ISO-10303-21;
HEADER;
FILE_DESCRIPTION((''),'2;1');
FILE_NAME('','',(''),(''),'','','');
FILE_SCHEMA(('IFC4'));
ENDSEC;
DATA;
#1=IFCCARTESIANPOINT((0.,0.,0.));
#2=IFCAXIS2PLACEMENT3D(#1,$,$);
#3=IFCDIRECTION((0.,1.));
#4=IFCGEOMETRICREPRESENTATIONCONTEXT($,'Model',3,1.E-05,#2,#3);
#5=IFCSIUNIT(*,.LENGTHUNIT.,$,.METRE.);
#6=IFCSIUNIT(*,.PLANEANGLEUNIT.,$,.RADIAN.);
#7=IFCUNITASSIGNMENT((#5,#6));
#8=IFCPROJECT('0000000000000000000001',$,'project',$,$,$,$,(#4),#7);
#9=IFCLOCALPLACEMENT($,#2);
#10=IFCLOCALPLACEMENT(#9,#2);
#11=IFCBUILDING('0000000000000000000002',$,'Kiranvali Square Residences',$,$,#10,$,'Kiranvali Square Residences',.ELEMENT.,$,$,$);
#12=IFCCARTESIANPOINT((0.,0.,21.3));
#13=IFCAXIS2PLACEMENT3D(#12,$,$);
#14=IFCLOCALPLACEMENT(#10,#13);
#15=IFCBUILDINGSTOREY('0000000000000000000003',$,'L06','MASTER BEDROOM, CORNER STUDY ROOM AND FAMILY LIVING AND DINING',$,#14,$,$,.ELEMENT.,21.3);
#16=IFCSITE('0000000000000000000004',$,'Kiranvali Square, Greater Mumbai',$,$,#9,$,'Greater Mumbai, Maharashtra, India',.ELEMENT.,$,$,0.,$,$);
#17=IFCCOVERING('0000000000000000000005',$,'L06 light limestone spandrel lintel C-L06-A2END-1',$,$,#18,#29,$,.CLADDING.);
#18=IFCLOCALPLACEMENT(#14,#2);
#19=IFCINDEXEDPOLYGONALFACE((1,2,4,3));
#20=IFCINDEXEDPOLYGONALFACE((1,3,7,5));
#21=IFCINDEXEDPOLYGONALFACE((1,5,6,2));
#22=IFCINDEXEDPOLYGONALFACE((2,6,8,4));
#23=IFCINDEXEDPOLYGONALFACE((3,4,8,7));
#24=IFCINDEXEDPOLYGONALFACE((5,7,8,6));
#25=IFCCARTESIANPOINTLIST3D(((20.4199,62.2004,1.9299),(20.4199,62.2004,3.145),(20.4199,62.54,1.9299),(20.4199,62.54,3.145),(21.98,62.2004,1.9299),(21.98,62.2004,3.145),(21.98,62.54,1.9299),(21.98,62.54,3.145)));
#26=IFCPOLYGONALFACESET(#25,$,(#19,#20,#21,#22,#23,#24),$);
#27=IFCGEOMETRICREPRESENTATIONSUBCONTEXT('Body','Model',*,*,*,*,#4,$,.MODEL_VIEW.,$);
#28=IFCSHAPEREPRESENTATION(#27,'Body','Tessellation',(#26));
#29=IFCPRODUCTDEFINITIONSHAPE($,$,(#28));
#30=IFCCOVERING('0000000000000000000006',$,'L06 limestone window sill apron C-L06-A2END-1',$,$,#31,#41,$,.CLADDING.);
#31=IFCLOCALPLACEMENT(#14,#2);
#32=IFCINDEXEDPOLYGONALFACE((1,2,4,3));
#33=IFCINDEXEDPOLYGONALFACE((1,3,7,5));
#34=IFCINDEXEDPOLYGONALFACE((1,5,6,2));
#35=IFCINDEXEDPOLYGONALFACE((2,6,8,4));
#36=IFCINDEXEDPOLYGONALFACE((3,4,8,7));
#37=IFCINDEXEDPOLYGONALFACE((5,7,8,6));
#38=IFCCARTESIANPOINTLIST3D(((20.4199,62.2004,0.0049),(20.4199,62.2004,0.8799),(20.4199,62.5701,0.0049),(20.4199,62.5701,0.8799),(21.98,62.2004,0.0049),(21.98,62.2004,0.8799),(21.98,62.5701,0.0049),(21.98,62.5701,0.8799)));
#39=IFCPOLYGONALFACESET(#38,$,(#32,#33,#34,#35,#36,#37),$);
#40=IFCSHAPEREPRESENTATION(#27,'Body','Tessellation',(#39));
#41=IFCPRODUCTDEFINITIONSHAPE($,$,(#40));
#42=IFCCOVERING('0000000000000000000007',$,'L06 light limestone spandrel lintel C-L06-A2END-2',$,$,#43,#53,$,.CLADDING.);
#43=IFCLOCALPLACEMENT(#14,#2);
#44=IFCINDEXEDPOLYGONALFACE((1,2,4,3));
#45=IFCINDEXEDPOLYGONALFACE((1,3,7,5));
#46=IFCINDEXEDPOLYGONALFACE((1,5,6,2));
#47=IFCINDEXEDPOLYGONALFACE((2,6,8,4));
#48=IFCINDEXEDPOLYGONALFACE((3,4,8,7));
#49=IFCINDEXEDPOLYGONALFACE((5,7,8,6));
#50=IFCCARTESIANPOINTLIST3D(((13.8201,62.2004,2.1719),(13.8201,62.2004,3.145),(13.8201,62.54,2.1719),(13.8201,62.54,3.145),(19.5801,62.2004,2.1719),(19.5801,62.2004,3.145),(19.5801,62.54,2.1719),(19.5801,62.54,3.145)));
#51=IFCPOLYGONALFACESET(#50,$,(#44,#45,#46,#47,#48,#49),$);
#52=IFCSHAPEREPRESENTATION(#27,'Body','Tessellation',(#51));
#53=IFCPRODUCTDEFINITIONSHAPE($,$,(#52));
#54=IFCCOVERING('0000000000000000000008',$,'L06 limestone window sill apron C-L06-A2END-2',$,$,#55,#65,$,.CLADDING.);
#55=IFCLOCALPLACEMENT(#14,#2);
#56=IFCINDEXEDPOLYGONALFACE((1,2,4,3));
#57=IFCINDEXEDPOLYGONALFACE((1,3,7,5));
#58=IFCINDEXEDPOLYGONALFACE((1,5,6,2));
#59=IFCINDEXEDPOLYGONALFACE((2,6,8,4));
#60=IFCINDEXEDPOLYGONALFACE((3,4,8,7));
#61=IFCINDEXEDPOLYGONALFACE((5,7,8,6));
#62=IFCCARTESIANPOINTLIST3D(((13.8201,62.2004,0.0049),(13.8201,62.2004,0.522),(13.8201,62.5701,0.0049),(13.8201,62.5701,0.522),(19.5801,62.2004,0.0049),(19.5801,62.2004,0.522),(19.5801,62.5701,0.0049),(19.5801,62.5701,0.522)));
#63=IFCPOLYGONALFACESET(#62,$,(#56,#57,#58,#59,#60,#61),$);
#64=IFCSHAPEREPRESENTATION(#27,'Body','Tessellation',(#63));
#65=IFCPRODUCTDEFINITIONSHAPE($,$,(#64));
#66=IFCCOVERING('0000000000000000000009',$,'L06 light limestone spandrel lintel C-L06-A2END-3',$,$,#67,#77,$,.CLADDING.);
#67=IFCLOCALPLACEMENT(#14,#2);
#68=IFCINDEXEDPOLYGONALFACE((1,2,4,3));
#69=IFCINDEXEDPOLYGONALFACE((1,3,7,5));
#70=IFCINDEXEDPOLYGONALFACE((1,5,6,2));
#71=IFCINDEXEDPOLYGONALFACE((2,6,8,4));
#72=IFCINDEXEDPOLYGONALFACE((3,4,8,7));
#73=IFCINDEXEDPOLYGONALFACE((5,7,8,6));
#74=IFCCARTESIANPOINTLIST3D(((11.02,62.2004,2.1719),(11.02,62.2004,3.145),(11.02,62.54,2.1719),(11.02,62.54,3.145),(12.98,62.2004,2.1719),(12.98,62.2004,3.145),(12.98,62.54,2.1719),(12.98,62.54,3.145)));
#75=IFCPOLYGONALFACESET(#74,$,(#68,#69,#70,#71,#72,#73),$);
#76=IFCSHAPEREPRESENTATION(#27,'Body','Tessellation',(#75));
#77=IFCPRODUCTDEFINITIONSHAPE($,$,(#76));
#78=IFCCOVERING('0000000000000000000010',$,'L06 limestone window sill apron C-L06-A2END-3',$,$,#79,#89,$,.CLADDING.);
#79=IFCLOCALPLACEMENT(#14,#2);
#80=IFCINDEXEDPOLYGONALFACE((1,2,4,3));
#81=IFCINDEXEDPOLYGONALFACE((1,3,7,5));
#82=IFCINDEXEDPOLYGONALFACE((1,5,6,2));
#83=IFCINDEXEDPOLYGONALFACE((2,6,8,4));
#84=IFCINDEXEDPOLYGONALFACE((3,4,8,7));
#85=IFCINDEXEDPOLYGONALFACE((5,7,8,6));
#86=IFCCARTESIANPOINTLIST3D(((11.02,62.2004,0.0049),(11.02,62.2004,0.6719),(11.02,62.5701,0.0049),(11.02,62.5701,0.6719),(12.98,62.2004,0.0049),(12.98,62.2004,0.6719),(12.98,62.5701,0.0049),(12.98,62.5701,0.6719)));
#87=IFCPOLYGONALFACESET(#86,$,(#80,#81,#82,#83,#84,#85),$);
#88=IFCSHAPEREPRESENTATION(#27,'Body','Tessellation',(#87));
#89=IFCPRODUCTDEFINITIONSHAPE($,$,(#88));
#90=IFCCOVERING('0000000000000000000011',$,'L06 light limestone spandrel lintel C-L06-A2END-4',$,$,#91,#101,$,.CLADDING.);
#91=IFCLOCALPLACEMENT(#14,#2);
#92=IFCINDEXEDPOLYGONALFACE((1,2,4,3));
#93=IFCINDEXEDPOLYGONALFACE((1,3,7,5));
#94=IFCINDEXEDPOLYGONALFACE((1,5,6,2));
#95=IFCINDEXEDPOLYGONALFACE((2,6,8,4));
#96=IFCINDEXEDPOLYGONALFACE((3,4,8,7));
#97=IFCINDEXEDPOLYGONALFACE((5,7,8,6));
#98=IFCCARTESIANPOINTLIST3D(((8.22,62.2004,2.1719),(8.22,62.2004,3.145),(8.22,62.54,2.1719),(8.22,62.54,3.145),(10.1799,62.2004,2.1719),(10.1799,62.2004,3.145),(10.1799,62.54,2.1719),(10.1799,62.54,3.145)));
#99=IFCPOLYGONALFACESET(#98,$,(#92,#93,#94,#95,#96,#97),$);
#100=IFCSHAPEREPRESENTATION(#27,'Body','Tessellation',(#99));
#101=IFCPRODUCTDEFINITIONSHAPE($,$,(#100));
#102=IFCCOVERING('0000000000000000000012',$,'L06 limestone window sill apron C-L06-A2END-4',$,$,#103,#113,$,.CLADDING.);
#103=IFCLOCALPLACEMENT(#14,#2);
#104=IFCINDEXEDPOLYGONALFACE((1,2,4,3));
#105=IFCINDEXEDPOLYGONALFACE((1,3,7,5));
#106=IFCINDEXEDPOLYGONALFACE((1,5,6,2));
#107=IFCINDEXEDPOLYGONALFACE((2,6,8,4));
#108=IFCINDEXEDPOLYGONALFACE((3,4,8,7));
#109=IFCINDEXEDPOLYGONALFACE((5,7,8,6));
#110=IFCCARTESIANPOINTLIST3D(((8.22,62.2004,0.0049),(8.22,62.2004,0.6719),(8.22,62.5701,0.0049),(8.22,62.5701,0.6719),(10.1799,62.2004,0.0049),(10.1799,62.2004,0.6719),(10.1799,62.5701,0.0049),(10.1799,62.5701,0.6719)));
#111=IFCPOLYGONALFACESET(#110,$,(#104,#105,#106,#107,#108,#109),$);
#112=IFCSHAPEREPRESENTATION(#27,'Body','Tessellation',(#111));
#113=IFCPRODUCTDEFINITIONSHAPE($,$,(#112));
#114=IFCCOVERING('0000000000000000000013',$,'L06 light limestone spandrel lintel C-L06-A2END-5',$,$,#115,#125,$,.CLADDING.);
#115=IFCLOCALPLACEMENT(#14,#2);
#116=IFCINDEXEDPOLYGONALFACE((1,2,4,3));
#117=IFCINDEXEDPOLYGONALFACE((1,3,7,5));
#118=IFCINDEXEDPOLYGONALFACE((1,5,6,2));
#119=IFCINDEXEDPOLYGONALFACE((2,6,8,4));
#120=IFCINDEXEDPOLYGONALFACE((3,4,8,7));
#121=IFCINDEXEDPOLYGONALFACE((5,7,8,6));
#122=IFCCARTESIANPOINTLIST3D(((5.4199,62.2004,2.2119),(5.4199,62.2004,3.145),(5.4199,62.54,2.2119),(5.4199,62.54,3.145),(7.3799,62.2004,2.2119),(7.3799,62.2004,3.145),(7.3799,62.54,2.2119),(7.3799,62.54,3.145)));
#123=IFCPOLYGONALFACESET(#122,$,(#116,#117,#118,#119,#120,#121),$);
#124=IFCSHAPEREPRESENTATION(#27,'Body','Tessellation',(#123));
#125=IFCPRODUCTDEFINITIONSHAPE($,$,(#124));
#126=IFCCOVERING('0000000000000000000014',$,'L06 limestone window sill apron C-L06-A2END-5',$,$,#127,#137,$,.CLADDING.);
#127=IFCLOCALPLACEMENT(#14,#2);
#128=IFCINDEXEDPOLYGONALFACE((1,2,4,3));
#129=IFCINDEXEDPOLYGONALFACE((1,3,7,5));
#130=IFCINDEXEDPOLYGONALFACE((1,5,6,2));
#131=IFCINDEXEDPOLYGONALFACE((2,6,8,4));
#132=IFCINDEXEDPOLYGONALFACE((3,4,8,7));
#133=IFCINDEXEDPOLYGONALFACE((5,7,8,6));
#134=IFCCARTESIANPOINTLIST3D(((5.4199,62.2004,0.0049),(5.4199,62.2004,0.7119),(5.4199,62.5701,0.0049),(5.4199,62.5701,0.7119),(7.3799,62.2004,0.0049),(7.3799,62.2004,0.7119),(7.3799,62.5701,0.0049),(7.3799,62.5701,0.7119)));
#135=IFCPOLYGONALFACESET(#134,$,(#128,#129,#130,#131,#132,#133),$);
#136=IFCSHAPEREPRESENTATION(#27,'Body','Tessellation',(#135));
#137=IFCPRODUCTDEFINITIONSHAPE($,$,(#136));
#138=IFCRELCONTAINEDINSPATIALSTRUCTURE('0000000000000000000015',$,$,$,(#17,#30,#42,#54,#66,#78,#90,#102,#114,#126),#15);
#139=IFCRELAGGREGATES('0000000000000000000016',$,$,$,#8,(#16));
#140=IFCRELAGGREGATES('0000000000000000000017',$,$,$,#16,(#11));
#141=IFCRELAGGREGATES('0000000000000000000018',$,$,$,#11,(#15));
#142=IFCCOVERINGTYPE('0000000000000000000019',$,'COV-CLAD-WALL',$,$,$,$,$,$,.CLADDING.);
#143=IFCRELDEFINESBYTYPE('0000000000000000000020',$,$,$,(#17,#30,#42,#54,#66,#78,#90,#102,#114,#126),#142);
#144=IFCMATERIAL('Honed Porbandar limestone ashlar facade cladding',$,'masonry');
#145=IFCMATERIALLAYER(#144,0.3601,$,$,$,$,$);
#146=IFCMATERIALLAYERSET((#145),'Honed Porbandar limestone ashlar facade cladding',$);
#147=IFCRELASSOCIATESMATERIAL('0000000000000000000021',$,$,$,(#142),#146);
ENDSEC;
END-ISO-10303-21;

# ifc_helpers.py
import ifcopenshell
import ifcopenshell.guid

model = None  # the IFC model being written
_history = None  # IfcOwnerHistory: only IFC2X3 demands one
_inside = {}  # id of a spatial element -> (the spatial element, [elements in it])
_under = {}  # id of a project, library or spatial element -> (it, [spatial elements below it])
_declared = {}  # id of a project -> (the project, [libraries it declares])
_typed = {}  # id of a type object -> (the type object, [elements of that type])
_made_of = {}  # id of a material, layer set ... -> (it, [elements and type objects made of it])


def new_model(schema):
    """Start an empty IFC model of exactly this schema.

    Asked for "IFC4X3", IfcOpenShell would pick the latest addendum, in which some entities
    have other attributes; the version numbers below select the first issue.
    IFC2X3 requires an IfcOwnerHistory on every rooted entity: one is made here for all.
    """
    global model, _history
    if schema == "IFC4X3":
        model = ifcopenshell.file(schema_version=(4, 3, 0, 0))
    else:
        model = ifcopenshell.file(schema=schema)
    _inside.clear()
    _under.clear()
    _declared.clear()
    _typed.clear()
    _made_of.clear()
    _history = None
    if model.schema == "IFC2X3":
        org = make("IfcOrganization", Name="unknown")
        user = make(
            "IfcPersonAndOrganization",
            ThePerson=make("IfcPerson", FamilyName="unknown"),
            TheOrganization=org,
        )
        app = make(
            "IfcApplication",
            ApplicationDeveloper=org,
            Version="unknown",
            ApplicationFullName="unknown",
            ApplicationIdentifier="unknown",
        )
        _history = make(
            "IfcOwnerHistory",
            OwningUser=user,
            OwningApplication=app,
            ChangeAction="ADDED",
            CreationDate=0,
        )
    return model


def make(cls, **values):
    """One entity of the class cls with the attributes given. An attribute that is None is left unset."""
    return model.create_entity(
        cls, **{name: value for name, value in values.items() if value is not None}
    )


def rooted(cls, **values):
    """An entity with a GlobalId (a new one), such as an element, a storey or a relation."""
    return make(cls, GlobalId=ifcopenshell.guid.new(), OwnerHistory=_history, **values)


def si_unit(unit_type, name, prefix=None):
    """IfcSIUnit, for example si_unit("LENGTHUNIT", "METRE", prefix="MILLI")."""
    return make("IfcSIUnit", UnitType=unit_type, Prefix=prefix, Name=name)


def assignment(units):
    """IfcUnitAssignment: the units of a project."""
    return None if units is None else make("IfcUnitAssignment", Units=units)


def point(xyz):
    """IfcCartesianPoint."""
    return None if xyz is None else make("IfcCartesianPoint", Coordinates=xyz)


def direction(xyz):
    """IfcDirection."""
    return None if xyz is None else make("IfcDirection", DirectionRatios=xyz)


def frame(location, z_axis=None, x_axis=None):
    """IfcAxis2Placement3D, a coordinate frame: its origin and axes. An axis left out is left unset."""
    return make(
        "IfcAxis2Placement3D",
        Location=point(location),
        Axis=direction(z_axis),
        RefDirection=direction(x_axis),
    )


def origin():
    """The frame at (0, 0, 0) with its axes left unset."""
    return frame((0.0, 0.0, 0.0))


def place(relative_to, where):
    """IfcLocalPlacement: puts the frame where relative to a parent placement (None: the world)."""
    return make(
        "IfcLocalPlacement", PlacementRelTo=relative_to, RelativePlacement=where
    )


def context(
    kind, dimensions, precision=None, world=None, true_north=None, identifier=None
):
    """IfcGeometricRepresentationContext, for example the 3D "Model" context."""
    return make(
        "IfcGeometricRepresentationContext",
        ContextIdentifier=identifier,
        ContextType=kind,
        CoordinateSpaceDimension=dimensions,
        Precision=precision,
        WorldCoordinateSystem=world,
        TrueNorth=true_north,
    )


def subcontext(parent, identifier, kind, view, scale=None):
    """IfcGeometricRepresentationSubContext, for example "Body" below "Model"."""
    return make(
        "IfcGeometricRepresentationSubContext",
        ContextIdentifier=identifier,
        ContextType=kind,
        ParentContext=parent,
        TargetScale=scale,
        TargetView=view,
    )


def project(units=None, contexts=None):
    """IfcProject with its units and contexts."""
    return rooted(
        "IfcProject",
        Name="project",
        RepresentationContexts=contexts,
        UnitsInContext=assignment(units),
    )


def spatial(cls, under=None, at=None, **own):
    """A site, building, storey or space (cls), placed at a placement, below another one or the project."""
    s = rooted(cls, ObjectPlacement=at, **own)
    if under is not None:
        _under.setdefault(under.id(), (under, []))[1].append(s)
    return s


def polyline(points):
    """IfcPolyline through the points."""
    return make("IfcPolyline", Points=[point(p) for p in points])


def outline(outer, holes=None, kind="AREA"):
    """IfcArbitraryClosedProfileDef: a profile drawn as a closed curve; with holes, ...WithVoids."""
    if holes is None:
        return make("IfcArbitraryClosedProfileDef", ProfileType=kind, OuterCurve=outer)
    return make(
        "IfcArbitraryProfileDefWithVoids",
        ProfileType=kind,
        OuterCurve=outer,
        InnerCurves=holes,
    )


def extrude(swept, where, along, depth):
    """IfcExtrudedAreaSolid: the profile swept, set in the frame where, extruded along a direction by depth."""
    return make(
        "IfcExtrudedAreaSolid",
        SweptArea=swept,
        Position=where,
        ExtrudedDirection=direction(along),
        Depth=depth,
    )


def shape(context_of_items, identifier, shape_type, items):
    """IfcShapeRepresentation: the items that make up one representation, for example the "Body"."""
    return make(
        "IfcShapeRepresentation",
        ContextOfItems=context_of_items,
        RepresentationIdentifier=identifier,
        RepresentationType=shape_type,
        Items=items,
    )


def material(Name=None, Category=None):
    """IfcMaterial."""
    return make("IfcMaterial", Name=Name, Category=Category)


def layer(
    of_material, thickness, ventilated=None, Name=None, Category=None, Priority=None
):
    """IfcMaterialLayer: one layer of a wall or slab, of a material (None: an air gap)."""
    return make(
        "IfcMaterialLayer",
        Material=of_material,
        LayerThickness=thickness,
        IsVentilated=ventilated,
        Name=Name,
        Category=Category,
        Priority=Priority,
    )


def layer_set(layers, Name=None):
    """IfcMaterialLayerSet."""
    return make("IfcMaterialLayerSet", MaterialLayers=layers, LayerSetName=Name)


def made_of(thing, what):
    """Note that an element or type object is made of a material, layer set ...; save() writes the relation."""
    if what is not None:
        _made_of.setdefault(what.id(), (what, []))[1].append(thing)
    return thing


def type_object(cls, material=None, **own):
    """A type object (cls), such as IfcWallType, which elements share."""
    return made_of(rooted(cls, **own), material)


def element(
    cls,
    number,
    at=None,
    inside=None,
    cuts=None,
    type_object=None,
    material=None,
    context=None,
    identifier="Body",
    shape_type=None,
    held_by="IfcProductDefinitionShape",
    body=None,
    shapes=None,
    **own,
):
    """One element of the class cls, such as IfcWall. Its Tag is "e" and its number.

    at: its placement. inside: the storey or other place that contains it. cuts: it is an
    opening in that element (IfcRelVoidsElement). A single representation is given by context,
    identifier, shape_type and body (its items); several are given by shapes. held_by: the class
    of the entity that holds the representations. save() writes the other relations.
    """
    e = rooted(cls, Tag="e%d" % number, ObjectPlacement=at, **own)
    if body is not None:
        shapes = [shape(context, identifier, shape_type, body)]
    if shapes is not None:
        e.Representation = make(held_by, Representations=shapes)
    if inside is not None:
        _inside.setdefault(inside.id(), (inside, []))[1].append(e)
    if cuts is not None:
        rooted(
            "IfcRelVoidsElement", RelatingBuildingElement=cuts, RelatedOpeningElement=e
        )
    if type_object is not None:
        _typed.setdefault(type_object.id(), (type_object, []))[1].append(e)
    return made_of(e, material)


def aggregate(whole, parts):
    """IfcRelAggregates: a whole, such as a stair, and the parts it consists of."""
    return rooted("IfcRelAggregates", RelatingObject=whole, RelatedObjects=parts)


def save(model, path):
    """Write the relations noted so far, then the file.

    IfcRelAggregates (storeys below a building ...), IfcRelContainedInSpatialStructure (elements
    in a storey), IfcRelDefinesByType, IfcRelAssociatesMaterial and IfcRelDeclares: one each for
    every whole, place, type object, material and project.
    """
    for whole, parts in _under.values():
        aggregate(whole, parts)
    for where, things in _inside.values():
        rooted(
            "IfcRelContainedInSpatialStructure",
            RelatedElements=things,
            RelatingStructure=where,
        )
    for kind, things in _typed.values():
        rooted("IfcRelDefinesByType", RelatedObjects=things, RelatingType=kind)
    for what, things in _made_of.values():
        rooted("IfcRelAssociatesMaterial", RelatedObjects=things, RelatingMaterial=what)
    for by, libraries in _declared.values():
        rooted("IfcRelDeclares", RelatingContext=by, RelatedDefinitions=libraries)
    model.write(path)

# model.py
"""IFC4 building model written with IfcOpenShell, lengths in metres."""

from ifc_helpers import new_model, si_unit, direction, frame, origin, place, context, subcontext, project, spatial, polyline, outline, extrude, material, layer, layer_set, type_object, element, save


model = new_model("IFC4")

# Units and contexts
model_context = context("Model", 3, precision=1e-05, world=origin(), true_north=direction((0.0, 1.0)))
body_context = subcontext(model_context, "Body", "Model", "MODEL_VIEW")
ifc_project = project(units=[si_unit("LENGTHUNIT", "METRE"), si_unit("PLANEANGLEUNIT", "RADIAN")], contexts=[model_context])

# Site, building, storey
site_placement = place(None, origin())
site = spatial("IfcSite", under=ifc_project, at=site_placement, Name="Kiranvali Square, Greater Mumbai", LongName="Greater Mumbai, Maharashtra, India", CompositionType="ELEMENT", RefElevation=0.0)
building_placement = place(site_placement, origin())
building = spatial("IfcBuilding", under=site, at=building_placement, Name="Kiranvali Square Residences", LongName="Kiranvali Square Residences", CompositionType="ELEMENT")
storey_placement = place(building_placement, frame((0.0, 0.0, 21.3)))
storey = spatial("IfcBuildingStorey", under=building, at=storey_placement, Name="L06", Description="MASTER BEDROOM, CORNER STUDY ROOM AND FAMILY LIVING AND DINING", CompositionType="ELEMENT", Elevation=21.3)

# Coverings
ifc_material_1 = material(Name="Honed Porbandar limestone ashlar facade cladding", Category="masonry")
ifc_layer_1 = layer(ifc_material_1, 0.3601)
ifc_layer_set_1 = layer_set([ifc_layer_1], Name="Honed Porbandar limestone ashlar facade cladding")
covering_type_1 = type_object("IfcCoveringType", Name="COV-CLAD-WALL", PredefinedType="CLADDING", material=ifc_layer_set_1)
covering_1_placement = place(storey_placement, frame((0.0, 0.0, 1.9299)))
element("IfcCovering", 1, at=covering_1_placement, inside=storey, type_object=covering_type_1, Name="L06 light limestone spandrel lintel C-L06-A2END-1", PredefinedType="CLADDING", context=body_context, shape_type="SweptSolid", body=[
    extrude(outline(polyline([(21.98, 62.54), (20.4199, 62.54), (20.4199, 62.2004), (21.98, 62.2004), (21.98, 62.54)])), origin(), (0.0, 0.0, 1.0), 1.2151),
])
covering_2_placement = place(storey_placement, frame((0.0, 0.0, 0.0049)))
element("IfcCovering", 2, at=covering_2_placement, inside=storey, type_object=covering_type_1, Name="L06 limestone window sill apron C-L06-A2END-1", PredefinedType="CLADDING", context=body_context, shape_type="SweptSolid", body=[
    extrude(outline(polyline([(21.98, 62.5701), (20.4199, 62.5701), (20.4199, 62.2004), (21.98, 62.2004), (21.98, 62.5701)])), origin(), (0.0, 0.0, 1.0), 0.875),
])
covering_3_placement = place(storey_placement, frame((0.0, 0.0, 2.1719)))
element("IfcCovering", 3, at=covering_3_placement, inside=storey, type_object=covering_type_1, Name="L06 light limestone spandrel lintel C-L06-A2END-2", PredefinedType="CLADDING", context=body_context, shape_type="SweptSolid", body=[
    extrude(outline(polyline([(19.5801, 62.54), (13.8201, 62.54), (13.8201, 62.2004), (19.5801, 62.2004), (19.5801, 62.54)])), origin(), (0.0, 0.0, 1.0), 0.9731),
])
covering_4_placement = place(storey_placement, frame((0.0, 0.0, 0.0049)))
element("IfcCovering", 4, at=covering_4_placement, inside=storey, type_object=covering_type_1, Name="L06 limestone window sill apron C-L06-A2END-2", PredefinedType="CLADDING", context=body_context, shape_type="SweptSolid", body=[
    extrude(outline(polyline([(19.5801, 62.5701), (13.8201, 62.5701), (13.8201, 62.2004), (19.5801, 62.2004), (19.5801, 62.5701)])), origin(), (0.0, 0.0, 1.0), 0.5171),
])
covering_5_placement = place(storey_placement, frame((0.0, 0.0, 2.1719)))
element("IfcCovering", 5, at=covering_5_placement, inside=storey, type_object=covering_type_1, Name="L06 light limestone spandrel lintel C-L06-A2END-3", PredefinedType="CLADDING", context=body_context, shape_type="SweptSolid", body=[
    extrude(outline(polyline([(12.98, 62.54), (11.02, 62.54), (11.02, 62.2004), (12.98, 62.2004), (12.98, 62.54)])), origin(), (0.0, 0.0, 1.0), 0.9731),
])
covering_6_placement = place(storey_placement, frame((0.0, 0.0, 0.0049)))
element("IfcCovering", 6, at=covering_6_placement, inside=storey, type_object=covering_type_1, Name="L06 limestone window sill apron C-L06-A2END-3", PredefinedType="CLADDING", context=body_context, shape_type="SweptSolid", body=[
    extrude(outline(polyline([(12.98, 62.5701), (11.02, 62.5701), (11.02, 62.2004), (12.98, 62.2004), (12.98, 62.5701)])), origin(), (0.0, 0.0, 1.0), 0.667),
])
covering_7_placement = place(storey_placement, frame((0.0, 0.0, 2.1719)))
element("IfcCovering", 7, at=covering_7_placement, inside=storey, type_object=covering_type_1, Name="L06 light limestone spandrel lintel C-L06-A2END-4", PredefinedType="CLADDING", context=body_context, shape_type="SweptSolid", body=[
    extrude(outline(polyline([(10.1799, 62.54), (8.22, 62.54), (8.22, 62.2004), (10.1799, 62.2004), (10.1799, 62.54)])), origin(), (0.0, 0.0, 1.0), 0.9731),
])
covering_8_placement = place(storey_placement, frame((0.0, 0.0, 0.0049)))
element("IfcCovering", 8, at=covering_8_placement, inside=storey, type_object=covering_type_1, Name="L06 limestone window sill apron C-L06-A2END-4", PredefinedType="CLADDING", context=body_context, shape_type="SweptSolid", body=[
    extrude(outline(polyline([(10.1799, 62.5701), (8.22, 62.5701), (8.22, 62.2004), (10.1799, 62.2004), (10.1799, 62.5701)])), origin(), (0.0, 0.0, 1.0), 0.667),
])
covering_9_placement = place(storey_placement, frame((0.0, 0.0, 2.2119)))
element("IfcCovering", 9, at=covering_9_placement, inside=storey, type_object=covering_type_1, Name="L06 light limestone spandrel lintel C-L06-A2END-5", PredefinedType="CLADDING", context=body_context, shape_type="SweptSolid", body=[
    extrude(outline(polyline([(7.3799, 62.54), (5.4199, 62.54), (5.4199, 62.2004), (7.3799, 62.2004), (7.3799, 62.54)])), origin(), (0.0, 0.0, 1.0), 0.9331),
])
covering_10_placement = place(storey_placement, frame((0.0, 0.0, 0.0049)))
element("IfcCovering", 10, at=covering_10_placement, inside=storey, type_object=covering_type_1, Name="L06 limestone window sill apron C-L06-A2END-5", PredefinedType="CLADDING", context=body_context, shape_type="SweptSolid", body=[
    extrude(outline(polyline([(7.3799, 62.5701), (5.4199, 62.5701), (5.4199, 62.2004), (7.3799, 62.2004), (7.3799, 62.5701)])), origin(), (0.0, 0.0, 1.0), 0.707),
])

save(model, "model.ifc")
